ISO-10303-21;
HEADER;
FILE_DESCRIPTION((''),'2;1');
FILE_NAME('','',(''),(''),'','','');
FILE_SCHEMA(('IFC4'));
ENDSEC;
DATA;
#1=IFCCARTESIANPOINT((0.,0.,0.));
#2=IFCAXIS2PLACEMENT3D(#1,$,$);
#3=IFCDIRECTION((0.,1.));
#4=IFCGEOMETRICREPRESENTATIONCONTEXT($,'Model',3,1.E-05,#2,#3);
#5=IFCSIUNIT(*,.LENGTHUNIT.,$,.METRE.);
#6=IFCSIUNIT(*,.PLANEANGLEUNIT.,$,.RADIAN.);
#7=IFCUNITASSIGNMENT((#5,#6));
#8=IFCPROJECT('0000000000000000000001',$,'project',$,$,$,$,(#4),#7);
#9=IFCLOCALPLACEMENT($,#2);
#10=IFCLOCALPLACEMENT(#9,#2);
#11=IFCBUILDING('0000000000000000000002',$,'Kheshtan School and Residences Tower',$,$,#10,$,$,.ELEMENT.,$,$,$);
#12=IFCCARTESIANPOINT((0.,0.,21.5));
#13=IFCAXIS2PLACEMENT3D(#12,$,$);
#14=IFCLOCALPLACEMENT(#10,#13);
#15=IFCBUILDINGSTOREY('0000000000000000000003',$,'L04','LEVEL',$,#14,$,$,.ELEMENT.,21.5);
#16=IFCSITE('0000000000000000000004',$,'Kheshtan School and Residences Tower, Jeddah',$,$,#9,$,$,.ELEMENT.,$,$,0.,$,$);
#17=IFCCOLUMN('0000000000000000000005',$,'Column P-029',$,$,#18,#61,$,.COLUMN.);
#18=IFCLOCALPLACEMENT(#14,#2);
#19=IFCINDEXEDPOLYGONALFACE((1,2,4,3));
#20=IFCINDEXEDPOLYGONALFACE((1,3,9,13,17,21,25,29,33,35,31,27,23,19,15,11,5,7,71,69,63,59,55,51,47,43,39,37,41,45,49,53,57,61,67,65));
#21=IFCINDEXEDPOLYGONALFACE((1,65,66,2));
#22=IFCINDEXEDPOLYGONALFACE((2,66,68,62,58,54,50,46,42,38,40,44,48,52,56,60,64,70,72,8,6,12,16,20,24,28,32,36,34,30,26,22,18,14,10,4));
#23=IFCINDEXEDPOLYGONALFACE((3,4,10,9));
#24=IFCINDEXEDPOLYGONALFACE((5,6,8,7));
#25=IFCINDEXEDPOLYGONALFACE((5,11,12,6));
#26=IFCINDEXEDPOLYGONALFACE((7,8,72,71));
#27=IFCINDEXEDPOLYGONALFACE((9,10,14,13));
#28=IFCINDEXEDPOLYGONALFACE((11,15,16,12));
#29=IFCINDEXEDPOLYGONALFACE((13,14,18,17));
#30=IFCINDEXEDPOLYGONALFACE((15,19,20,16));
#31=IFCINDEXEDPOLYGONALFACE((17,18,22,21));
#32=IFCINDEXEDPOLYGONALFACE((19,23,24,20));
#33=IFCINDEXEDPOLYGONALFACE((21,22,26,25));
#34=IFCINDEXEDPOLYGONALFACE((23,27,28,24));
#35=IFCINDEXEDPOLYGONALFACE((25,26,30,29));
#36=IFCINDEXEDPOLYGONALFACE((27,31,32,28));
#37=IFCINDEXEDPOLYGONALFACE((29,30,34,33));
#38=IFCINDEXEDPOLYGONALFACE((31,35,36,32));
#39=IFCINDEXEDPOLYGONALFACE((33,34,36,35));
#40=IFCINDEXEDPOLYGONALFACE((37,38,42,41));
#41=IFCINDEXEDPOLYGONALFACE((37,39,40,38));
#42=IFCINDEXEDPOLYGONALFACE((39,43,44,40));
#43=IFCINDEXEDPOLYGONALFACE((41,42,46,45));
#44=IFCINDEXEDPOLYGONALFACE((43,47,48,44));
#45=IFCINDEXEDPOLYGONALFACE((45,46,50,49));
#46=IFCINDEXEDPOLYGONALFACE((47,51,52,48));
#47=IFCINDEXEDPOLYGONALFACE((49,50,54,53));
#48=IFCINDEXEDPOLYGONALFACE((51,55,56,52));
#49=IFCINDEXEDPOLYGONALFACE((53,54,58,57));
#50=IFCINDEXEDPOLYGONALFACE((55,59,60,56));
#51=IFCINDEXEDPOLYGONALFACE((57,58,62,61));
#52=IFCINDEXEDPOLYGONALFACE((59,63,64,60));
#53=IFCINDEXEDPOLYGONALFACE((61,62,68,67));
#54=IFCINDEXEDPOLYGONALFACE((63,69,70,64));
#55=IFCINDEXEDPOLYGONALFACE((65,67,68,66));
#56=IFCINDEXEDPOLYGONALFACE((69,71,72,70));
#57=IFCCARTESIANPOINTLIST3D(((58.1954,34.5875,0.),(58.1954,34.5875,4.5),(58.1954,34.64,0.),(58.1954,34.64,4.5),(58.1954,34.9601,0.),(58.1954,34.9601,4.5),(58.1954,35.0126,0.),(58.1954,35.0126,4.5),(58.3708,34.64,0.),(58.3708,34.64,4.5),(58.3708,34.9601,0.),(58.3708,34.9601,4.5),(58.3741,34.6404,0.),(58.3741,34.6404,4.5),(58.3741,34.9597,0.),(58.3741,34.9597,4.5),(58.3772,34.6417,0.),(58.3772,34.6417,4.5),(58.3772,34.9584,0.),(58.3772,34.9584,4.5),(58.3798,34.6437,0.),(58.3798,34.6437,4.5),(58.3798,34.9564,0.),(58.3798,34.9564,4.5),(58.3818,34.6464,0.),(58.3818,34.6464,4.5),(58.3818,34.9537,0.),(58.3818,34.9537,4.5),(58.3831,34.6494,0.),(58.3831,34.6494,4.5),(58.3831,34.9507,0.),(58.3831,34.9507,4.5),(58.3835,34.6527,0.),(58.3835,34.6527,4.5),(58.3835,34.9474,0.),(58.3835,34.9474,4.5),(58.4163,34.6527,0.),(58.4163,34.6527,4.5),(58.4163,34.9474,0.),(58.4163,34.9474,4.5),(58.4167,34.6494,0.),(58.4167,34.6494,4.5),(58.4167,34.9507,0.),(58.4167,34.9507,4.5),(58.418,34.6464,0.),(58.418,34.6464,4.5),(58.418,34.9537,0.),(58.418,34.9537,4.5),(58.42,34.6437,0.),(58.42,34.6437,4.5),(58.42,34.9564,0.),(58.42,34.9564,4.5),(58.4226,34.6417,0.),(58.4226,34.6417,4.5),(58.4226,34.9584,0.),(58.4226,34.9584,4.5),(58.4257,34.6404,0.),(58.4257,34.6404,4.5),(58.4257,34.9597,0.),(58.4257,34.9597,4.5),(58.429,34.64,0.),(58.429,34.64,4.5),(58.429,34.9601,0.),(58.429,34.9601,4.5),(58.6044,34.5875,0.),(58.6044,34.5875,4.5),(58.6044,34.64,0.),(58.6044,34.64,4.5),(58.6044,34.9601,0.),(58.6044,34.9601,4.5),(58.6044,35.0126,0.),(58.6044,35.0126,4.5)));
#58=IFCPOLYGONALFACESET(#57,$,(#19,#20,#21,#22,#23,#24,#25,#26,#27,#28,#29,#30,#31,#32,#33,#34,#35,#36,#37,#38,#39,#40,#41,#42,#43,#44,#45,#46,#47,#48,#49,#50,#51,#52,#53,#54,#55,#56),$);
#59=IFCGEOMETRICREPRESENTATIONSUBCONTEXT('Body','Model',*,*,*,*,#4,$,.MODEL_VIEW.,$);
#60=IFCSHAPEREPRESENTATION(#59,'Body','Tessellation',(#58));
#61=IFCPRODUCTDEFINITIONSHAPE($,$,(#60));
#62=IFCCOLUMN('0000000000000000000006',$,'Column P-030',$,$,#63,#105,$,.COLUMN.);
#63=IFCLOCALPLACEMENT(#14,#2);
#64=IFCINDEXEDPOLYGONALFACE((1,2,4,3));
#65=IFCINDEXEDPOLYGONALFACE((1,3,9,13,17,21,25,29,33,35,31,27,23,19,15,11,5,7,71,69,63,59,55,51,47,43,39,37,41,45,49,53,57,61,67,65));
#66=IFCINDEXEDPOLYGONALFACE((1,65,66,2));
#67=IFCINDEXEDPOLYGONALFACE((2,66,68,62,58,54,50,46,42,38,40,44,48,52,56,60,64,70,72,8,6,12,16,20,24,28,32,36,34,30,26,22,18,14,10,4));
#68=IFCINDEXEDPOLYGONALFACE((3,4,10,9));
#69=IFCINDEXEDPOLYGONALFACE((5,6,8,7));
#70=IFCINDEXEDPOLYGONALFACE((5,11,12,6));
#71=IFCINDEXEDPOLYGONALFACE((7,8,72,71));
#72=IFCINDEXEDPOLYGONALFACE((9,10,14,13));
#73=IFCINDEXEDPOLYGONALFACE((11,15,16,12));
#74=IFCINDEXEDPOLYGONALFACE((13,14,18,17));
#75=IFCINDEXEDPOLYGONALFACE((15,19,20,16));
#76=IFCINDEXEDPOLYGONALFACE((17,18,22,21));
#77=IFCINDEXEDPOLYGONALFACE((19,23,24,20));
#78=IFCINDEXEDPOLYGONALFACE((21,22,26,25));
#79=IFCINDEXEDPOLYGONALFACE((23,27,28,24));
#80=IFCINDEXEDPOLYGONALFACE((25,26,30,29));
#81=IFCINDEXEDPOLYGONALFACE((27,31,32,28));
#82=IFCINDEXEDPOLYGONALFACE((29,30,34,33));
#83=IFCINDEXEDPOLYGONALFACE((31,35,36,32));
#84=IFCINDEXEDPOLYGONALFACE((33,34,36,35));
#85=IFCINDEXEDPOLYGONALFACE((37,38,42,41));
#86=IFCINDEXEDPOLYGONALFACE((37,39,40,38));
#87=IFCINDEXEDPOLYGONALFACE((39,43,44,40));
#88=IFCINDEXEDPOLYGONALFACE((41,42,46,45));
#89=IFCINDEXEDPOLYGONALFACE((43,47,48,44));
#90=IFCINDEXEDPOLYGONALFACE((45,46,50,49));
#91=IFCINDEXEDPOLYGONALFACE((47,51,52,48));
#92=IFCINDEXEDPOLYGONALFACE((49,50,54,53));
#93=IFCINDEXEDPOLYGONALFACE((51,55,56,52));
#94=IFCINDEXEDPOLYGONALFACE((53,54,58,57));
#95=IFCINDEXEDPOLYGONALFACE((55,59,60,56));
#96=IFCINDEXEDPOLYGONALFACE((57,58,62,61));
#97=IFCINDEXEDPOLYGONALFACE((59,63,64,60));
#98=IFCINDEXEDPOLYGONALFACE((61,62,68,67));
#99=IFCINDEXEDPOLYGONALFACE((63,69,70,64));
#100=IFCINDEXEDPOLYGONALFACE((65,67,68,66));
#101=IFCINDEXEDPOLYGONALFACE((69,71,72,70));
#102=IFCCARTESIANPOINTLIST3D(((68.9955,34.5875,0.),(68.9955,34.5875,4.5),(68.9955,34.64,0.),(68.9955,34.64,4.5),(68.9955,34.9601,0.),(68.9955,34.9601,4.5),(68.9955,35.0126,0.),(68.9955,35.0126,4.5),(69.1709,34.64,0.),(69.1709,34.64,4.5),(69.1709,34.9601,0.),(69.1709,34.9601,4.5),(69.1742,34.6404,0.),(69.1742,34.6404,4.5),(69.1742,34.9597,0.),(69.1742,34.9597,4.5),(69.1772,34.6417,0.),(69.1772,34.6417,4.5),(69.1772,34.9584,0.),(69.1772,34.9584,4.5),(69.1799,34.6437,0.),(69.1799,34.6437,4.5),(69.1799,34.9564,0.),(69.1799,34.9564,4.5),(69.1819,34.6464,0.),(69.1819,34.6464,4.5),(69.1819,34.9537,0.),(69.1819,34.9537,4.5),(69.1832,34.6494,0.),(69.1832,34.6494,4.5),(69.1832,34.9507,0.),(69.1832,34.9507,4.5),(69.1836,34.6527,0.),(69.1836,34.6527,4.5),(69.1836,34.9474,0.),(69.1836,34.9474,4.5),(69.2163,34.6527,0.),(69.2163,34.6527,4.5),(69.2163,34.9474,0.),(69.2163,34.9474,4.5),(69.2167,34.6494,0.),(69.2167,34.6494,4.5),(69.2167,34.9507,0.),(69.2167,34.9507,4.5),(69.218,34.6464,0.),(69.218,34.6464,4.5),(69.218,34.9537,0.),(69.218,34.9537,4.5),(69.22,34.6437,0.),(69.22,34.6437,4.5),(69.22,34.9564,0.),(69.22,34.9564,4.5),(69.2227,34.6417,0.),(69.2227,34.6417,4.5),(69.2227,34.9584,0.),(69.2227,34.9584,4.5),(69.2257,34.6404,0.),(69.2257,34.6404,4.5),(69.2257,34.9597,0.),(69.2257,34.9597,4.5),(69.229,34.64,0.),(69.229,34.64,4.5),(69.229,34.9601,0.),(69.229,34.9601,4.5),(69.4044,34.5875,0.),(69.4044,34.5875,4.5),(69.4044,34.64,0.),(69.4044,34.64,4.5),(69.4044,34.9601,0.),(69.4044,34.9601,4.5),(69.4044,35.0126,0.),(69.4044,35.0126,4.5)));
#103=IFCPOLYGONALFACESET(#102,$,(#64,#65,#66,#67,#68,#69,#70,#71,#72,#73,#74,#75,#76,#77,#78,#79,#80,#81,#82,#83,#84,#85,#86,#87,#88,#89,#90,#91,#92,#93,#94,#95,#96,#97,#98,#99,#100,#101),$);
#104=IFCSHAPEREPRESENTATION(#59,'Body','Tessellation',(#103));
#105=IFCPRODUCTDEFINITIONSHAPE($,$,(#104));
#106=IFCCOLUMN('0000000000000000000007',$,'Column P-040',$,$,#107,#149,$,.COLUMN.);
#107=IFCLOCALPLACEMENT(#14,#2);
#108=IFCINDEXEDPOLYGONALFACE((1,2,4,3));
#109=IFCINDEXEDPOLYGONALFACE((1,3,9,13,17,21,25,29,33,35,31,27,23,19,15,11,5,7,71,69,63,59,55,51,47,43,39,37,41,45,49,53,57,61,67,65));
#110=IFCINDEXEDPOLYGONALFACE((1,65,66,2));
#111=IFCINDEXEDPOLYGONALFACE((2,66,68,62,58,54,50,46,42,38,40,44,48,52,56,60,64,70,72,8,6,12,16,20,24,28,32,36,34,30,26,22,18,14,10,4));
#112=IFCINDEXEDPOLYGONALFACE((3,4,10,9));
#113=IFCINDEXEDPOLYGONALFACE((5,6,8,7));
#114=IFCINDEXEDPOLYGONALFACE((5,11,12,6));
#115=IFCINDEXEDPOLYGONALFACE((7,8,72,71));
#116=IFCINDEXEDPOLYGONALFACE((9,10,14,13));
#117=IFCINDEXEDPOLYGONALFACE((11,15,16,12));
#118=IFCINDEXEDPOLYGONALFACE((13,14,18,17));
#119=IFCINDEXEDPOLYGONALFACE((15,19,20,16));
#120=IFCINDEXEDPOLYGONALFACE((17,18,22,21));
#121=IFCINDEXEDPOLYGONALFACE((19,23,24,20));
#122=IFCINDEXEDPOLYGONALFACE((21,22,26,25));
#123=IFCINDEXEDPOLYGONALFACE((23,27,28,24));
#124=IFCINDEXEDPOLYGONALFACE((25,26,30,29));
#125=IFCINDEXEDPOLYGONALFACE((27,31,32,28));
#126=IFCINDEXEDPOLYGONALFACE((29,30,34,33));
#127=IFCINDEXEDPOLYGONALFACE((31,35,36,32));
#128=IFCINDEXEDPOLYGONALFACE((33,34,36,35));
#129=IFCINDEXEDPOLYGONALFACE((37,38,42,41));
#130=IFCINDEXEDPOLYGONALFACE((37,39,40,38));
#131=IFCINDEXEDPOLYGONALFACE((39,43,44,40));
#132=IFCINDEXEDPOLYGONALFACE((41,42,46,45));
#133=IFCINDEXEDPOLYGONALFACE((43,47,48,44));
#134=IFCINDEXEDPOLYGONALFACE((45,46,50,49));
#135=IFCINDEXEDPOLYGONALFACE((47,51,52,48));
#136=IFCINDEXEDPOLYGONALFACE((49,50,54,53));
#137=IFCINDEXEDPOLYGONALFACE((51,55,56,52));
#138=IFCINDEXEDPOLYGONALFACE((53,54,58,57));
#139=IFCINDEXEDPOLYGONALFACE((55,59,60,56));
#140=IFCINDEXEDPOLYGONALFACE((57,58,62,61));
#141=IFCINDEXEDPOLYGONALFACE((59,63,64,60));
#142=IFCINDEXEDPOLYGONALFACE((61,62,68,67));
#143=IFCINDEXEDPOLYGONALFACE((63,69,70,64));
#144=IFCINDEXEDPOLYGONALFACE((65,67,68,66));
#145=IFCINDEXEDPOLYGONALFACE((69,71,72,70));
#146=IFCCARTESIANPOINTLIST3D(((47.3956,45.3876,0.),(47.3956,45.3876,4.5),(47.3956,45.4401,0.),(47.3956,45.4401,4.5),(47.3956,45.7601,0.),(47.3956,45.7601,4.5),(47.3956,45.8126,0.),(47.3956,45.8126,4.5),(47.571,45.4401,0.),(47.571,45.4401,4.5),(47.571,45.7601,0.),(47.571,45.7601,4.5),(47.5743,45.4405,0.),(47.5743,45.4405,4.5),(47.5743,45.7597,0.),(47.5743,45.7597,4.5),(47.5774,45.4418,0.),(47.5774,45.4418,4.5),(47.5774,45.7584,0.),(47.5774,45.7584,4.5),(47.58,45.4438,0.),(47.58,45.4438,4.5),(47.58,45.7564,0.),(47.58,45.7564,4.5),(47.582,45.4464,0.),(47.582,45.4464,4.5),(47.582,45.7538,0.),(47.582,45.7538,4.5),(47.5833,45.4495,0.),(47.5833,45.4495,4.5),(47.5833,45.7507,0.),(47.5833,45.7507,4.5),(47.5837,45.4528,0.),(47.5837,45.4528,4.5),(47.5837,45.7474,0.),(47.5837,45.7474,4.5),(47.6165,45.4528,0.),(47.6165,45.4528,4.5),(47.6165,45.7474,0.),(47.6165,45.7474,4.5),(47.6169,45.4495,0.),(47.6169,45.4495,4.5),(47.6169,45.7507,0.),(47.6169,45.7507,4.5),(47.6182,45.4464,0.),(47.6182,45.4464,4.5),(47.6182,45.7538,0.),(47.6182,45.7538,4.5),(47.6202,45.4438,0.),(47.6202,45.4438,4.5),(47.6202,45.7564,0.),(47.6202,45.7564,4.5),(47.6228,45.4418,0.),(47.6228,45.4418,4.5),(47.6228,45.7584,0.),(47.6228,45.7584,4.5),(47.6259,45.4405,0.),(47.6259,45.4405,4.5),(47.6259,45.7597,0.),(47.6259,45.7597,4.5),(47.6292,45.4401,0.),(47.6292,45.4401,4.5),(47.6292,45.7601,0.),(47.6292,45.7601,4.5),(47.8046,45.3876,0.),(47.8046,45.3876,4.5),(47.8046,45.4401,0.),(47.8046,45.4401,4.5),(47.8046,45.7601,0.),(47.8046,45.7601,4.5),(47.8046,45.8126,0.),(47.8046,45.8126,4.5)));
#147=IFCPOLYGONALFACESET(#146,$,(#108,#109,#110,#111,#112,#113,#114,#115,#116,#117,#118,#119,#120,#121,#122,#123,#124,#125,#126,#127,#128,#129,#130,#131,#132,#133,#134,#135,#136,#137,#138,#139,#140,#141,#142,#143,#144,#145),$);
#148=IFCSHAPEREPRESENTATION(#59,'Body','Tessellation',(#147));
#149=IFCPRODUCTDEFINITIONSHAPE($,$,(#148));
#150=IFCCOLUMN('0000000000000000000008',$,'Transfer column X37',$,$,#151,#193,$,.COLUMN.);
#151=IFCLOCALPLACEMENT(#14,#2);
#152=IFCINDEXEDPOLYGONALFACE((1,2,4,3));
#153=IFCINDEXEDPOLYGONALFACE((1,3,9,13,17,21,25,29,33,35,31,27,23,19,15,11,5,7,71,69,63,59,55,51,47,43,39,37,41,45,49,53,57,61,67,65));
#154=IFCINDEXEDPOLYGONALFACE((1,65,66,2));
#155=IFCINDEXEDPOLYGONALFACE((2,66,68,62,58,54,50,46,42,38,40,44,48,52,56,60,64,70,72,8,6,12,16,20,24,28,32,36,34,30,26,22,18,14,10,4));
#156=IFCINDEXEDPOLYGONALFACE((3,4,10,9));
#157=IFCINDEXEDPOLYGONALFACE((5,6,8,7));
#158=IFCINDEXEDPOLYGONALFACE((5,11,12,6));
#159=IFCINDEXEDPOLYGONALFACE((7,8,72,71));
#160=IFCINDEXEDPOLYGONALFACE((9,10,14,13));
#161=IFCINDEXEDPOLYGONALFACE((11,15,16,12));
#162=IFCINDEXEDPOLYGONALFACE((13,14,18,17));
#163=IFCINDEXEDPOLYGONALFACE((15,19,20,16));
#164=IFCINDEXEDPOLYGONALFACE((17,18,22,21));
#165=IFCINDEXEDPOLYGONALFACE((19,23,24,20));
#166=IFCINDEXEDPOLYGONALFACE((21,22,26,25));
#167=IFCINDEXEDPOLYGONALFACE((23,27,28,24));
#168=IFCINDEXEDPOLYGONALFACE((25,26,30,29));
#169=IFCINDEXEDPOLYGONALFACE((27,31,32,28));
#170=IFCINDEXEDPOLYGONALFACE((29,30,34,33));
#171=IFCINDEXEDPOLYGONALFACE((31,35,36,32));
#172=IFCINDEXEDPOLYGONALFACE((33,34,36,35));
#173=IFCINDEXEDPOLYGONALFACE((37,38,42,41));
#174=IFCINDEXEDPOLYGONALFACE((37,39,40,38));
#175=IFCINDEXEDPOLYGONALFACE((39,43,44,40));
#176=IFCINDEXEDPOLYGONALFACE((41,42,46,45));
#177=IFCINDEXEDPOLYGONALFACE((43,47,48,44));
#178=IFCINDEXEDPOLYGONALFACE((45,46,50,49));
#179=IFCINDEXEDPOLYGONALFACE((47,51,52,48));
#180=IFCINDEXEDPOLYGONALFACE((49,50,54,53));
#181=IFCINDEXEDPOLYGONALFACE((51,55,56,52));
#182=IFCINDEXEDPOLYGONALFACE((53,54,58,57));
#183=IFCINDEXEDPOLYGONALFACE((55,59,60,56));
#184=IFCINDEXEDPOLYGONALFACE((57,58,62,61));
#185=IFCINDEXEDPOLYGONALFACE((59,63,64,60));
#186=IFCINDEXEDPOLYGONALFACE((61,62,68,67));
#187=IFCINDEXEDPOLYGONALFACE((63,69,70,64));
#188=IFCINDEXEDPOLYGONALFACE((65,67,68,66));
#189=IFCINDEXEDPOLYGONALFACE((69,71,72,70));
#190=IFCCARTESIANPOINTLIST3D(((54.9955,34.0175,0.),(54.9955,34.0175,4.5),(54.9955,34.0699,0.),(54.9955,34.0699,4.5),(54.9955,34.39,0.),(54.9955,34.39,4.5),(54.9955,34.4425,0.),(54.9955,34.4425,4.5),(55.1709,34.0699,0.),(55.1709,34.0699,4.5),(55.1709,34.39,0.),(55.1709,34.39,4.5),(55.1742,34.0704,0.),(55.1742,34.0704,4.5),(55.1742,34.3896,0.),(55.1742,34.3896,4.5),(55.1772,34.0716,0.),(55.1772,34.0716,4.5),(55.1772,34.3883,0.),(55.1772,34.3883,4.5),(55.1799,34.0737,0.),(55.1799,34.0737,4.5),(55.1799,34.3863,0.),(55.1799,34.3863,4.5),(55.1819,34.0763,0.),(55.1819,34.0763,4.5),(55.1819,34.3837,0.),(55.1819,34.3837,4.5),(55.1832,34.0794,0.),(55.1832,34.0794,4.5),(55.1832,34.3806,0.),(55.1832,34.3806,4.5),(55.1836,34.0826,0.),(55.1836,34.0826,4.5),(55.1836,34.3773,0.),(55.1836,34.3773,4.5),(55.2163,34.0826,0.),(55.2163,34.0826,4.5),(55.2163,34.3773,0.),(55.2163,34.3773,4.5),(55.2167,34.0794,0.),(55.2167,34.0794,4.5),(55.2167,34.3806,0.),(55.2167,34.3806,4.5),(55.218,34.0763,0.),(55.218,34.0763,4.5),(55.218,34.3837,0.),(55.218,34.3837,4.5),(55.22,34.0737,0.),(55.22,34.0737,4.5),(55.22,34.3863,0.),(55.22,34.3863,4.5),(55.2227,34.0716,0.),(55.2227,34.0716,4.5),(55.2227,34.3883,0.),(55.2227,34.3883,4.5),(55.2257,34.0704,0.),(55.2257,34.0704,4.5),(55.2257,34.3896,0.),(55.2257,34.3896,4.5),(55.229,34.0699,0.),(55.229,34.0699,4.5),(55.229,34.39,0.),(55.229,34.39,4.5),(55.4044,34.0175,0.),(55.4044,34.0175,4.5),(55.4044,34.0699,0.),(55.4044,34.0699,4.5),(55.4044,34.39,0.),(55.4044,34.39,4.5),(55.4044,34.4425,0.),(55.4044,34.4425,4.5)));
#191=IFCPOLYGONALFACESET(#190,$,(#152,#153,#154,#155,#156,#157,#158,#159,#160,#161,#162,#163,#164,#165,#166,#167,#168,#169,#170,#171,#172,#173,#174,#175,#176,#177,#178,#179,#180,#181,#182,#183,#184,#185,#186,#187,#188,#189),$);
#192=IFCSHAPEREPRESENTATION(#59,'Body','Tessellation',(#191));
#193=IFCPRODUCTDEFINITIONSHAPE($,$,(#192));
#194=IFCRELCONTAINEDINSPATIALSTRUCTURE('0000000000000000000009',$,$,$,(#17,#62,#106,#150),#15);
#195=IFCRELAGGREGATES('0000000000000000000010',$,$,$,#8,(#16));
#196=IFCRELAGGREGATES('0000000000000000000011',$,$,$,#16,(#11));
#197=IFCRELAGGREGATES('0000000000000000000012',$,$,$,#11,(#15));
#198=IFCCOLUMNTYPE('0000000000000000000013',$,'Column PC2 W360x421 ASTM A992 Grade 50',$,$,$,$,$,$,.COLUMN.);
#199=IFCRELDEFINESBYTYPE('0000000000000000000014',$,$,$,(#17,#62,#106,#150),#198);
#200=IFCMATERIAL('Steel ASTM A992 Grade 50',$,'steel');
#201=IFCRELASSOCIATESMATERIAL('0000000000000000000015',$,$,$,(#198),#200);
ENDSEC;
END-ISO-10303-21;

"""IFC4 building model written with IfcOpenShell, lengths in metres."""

from ifc_helpers import new_model, si_unit, direction, frame, origin, origin_2d, place, context, subcontext, project, spatial, i_section, extrude, material, material_profile, profile_set, type_object, element, save


model = new_model("IFC4")

# Units and contexts
model_context = context("Model", 3, precision=1e-05, world=origin(), true_north=direction((0.0, 1.0)))
body_context = subcontext(model_context, "Body", "Model", "MODEL_VIEW")
ifc_project = project(units=[si_unit("LENGTHUNIT", "METRE"), si_unit("PLANEANGLEUNIT", "RADIAN")], contexts=[model_context])

# Site, building, storey
site_placement = place(None, origin())
site = spatial("IfcSite", under=ifc_project, at=site_placement, Name="Kheshtan School and Residences Tower, Jeddah", CompositionType="ELEMENT", RefElevation=0.0)
building_placement = place(site_placement, origin())
building = spatial("IfcBuilding", under=site, at=building_placement, Name="Kheshtan School and Residences Tower", CompositionType="ELEMENT")
storey_placement = place(building_placement, frame((0.0, 0.0, 21.5)))
storey = spatial("IfcBuildingStorey", under=building, at=storey_placement, Name="L04", Description="LEVEL", CompositionType="ELEMENT", Elevation=21.5)

# Columns
ifc_material_1 = material(Name="Steel ASTM A992 Grade 50", Category="steel")
ifc_material_profile = material_profile(ifc_material_1, i_section(OverallWidth=0.4089, OverallDepth=0.425, WebThickness=0.0327, FlangeThickness=0.0525, FilletRadius=0.0127, at=origin_2d()), Name="W360x421")
ifc_profile_set = profile_set([ifc_material_profile], Name="Steel ASTM A992 Grade 50")
column_type = type_object("IfcColumnType", Name="Column PC2 W360x421 ASTM A992 Grade 50", PredefinedType="COLUMN", material=ifc_profile_set)
for number, where, z_axis, x_axis, name in (
    (1, (58.3999, 34.8, 0.0), (0.0, 0.0, 1.0), (1.0, 0.0, 0.0), "Column P-029"),
    (2, (69.2, 34.8, 0.0), (0.0, 0.0, 1.0), (1.0, 0.0, 0.0), "Column P-030"),
    (3, (47.6001, 45.6001, 0.0), (0.0, 0.0, 1.0), (1.0, 0.0, 0.0), "Column P-040"),
    (4, (55.2, 34.23, 0.0), (0.0, 0.0, 1.0), (1.0, 0.0, 0.0), "Transfer column X37"),
):
    element("IfcColumn", number, at=place(storey_placement, frame(where, z_axis=z_axis, x_axis=x_axis)), inside=storey, type_object=column_type, Name=name, PredefinedType="COLUMN", context=body_context, shape_type="SweptSolid", body=[
        extrude(i_section(OverallWidth=0.4089, OverallDepth=0.425, WebThickness=0.0327, FlangeThickness=0.0525, FilletRadius=0.0127, at=origin_2d()), origin(), (0.0, 0.0, 1.0), 4.5),
    ])

save(model, "model.ifc")
